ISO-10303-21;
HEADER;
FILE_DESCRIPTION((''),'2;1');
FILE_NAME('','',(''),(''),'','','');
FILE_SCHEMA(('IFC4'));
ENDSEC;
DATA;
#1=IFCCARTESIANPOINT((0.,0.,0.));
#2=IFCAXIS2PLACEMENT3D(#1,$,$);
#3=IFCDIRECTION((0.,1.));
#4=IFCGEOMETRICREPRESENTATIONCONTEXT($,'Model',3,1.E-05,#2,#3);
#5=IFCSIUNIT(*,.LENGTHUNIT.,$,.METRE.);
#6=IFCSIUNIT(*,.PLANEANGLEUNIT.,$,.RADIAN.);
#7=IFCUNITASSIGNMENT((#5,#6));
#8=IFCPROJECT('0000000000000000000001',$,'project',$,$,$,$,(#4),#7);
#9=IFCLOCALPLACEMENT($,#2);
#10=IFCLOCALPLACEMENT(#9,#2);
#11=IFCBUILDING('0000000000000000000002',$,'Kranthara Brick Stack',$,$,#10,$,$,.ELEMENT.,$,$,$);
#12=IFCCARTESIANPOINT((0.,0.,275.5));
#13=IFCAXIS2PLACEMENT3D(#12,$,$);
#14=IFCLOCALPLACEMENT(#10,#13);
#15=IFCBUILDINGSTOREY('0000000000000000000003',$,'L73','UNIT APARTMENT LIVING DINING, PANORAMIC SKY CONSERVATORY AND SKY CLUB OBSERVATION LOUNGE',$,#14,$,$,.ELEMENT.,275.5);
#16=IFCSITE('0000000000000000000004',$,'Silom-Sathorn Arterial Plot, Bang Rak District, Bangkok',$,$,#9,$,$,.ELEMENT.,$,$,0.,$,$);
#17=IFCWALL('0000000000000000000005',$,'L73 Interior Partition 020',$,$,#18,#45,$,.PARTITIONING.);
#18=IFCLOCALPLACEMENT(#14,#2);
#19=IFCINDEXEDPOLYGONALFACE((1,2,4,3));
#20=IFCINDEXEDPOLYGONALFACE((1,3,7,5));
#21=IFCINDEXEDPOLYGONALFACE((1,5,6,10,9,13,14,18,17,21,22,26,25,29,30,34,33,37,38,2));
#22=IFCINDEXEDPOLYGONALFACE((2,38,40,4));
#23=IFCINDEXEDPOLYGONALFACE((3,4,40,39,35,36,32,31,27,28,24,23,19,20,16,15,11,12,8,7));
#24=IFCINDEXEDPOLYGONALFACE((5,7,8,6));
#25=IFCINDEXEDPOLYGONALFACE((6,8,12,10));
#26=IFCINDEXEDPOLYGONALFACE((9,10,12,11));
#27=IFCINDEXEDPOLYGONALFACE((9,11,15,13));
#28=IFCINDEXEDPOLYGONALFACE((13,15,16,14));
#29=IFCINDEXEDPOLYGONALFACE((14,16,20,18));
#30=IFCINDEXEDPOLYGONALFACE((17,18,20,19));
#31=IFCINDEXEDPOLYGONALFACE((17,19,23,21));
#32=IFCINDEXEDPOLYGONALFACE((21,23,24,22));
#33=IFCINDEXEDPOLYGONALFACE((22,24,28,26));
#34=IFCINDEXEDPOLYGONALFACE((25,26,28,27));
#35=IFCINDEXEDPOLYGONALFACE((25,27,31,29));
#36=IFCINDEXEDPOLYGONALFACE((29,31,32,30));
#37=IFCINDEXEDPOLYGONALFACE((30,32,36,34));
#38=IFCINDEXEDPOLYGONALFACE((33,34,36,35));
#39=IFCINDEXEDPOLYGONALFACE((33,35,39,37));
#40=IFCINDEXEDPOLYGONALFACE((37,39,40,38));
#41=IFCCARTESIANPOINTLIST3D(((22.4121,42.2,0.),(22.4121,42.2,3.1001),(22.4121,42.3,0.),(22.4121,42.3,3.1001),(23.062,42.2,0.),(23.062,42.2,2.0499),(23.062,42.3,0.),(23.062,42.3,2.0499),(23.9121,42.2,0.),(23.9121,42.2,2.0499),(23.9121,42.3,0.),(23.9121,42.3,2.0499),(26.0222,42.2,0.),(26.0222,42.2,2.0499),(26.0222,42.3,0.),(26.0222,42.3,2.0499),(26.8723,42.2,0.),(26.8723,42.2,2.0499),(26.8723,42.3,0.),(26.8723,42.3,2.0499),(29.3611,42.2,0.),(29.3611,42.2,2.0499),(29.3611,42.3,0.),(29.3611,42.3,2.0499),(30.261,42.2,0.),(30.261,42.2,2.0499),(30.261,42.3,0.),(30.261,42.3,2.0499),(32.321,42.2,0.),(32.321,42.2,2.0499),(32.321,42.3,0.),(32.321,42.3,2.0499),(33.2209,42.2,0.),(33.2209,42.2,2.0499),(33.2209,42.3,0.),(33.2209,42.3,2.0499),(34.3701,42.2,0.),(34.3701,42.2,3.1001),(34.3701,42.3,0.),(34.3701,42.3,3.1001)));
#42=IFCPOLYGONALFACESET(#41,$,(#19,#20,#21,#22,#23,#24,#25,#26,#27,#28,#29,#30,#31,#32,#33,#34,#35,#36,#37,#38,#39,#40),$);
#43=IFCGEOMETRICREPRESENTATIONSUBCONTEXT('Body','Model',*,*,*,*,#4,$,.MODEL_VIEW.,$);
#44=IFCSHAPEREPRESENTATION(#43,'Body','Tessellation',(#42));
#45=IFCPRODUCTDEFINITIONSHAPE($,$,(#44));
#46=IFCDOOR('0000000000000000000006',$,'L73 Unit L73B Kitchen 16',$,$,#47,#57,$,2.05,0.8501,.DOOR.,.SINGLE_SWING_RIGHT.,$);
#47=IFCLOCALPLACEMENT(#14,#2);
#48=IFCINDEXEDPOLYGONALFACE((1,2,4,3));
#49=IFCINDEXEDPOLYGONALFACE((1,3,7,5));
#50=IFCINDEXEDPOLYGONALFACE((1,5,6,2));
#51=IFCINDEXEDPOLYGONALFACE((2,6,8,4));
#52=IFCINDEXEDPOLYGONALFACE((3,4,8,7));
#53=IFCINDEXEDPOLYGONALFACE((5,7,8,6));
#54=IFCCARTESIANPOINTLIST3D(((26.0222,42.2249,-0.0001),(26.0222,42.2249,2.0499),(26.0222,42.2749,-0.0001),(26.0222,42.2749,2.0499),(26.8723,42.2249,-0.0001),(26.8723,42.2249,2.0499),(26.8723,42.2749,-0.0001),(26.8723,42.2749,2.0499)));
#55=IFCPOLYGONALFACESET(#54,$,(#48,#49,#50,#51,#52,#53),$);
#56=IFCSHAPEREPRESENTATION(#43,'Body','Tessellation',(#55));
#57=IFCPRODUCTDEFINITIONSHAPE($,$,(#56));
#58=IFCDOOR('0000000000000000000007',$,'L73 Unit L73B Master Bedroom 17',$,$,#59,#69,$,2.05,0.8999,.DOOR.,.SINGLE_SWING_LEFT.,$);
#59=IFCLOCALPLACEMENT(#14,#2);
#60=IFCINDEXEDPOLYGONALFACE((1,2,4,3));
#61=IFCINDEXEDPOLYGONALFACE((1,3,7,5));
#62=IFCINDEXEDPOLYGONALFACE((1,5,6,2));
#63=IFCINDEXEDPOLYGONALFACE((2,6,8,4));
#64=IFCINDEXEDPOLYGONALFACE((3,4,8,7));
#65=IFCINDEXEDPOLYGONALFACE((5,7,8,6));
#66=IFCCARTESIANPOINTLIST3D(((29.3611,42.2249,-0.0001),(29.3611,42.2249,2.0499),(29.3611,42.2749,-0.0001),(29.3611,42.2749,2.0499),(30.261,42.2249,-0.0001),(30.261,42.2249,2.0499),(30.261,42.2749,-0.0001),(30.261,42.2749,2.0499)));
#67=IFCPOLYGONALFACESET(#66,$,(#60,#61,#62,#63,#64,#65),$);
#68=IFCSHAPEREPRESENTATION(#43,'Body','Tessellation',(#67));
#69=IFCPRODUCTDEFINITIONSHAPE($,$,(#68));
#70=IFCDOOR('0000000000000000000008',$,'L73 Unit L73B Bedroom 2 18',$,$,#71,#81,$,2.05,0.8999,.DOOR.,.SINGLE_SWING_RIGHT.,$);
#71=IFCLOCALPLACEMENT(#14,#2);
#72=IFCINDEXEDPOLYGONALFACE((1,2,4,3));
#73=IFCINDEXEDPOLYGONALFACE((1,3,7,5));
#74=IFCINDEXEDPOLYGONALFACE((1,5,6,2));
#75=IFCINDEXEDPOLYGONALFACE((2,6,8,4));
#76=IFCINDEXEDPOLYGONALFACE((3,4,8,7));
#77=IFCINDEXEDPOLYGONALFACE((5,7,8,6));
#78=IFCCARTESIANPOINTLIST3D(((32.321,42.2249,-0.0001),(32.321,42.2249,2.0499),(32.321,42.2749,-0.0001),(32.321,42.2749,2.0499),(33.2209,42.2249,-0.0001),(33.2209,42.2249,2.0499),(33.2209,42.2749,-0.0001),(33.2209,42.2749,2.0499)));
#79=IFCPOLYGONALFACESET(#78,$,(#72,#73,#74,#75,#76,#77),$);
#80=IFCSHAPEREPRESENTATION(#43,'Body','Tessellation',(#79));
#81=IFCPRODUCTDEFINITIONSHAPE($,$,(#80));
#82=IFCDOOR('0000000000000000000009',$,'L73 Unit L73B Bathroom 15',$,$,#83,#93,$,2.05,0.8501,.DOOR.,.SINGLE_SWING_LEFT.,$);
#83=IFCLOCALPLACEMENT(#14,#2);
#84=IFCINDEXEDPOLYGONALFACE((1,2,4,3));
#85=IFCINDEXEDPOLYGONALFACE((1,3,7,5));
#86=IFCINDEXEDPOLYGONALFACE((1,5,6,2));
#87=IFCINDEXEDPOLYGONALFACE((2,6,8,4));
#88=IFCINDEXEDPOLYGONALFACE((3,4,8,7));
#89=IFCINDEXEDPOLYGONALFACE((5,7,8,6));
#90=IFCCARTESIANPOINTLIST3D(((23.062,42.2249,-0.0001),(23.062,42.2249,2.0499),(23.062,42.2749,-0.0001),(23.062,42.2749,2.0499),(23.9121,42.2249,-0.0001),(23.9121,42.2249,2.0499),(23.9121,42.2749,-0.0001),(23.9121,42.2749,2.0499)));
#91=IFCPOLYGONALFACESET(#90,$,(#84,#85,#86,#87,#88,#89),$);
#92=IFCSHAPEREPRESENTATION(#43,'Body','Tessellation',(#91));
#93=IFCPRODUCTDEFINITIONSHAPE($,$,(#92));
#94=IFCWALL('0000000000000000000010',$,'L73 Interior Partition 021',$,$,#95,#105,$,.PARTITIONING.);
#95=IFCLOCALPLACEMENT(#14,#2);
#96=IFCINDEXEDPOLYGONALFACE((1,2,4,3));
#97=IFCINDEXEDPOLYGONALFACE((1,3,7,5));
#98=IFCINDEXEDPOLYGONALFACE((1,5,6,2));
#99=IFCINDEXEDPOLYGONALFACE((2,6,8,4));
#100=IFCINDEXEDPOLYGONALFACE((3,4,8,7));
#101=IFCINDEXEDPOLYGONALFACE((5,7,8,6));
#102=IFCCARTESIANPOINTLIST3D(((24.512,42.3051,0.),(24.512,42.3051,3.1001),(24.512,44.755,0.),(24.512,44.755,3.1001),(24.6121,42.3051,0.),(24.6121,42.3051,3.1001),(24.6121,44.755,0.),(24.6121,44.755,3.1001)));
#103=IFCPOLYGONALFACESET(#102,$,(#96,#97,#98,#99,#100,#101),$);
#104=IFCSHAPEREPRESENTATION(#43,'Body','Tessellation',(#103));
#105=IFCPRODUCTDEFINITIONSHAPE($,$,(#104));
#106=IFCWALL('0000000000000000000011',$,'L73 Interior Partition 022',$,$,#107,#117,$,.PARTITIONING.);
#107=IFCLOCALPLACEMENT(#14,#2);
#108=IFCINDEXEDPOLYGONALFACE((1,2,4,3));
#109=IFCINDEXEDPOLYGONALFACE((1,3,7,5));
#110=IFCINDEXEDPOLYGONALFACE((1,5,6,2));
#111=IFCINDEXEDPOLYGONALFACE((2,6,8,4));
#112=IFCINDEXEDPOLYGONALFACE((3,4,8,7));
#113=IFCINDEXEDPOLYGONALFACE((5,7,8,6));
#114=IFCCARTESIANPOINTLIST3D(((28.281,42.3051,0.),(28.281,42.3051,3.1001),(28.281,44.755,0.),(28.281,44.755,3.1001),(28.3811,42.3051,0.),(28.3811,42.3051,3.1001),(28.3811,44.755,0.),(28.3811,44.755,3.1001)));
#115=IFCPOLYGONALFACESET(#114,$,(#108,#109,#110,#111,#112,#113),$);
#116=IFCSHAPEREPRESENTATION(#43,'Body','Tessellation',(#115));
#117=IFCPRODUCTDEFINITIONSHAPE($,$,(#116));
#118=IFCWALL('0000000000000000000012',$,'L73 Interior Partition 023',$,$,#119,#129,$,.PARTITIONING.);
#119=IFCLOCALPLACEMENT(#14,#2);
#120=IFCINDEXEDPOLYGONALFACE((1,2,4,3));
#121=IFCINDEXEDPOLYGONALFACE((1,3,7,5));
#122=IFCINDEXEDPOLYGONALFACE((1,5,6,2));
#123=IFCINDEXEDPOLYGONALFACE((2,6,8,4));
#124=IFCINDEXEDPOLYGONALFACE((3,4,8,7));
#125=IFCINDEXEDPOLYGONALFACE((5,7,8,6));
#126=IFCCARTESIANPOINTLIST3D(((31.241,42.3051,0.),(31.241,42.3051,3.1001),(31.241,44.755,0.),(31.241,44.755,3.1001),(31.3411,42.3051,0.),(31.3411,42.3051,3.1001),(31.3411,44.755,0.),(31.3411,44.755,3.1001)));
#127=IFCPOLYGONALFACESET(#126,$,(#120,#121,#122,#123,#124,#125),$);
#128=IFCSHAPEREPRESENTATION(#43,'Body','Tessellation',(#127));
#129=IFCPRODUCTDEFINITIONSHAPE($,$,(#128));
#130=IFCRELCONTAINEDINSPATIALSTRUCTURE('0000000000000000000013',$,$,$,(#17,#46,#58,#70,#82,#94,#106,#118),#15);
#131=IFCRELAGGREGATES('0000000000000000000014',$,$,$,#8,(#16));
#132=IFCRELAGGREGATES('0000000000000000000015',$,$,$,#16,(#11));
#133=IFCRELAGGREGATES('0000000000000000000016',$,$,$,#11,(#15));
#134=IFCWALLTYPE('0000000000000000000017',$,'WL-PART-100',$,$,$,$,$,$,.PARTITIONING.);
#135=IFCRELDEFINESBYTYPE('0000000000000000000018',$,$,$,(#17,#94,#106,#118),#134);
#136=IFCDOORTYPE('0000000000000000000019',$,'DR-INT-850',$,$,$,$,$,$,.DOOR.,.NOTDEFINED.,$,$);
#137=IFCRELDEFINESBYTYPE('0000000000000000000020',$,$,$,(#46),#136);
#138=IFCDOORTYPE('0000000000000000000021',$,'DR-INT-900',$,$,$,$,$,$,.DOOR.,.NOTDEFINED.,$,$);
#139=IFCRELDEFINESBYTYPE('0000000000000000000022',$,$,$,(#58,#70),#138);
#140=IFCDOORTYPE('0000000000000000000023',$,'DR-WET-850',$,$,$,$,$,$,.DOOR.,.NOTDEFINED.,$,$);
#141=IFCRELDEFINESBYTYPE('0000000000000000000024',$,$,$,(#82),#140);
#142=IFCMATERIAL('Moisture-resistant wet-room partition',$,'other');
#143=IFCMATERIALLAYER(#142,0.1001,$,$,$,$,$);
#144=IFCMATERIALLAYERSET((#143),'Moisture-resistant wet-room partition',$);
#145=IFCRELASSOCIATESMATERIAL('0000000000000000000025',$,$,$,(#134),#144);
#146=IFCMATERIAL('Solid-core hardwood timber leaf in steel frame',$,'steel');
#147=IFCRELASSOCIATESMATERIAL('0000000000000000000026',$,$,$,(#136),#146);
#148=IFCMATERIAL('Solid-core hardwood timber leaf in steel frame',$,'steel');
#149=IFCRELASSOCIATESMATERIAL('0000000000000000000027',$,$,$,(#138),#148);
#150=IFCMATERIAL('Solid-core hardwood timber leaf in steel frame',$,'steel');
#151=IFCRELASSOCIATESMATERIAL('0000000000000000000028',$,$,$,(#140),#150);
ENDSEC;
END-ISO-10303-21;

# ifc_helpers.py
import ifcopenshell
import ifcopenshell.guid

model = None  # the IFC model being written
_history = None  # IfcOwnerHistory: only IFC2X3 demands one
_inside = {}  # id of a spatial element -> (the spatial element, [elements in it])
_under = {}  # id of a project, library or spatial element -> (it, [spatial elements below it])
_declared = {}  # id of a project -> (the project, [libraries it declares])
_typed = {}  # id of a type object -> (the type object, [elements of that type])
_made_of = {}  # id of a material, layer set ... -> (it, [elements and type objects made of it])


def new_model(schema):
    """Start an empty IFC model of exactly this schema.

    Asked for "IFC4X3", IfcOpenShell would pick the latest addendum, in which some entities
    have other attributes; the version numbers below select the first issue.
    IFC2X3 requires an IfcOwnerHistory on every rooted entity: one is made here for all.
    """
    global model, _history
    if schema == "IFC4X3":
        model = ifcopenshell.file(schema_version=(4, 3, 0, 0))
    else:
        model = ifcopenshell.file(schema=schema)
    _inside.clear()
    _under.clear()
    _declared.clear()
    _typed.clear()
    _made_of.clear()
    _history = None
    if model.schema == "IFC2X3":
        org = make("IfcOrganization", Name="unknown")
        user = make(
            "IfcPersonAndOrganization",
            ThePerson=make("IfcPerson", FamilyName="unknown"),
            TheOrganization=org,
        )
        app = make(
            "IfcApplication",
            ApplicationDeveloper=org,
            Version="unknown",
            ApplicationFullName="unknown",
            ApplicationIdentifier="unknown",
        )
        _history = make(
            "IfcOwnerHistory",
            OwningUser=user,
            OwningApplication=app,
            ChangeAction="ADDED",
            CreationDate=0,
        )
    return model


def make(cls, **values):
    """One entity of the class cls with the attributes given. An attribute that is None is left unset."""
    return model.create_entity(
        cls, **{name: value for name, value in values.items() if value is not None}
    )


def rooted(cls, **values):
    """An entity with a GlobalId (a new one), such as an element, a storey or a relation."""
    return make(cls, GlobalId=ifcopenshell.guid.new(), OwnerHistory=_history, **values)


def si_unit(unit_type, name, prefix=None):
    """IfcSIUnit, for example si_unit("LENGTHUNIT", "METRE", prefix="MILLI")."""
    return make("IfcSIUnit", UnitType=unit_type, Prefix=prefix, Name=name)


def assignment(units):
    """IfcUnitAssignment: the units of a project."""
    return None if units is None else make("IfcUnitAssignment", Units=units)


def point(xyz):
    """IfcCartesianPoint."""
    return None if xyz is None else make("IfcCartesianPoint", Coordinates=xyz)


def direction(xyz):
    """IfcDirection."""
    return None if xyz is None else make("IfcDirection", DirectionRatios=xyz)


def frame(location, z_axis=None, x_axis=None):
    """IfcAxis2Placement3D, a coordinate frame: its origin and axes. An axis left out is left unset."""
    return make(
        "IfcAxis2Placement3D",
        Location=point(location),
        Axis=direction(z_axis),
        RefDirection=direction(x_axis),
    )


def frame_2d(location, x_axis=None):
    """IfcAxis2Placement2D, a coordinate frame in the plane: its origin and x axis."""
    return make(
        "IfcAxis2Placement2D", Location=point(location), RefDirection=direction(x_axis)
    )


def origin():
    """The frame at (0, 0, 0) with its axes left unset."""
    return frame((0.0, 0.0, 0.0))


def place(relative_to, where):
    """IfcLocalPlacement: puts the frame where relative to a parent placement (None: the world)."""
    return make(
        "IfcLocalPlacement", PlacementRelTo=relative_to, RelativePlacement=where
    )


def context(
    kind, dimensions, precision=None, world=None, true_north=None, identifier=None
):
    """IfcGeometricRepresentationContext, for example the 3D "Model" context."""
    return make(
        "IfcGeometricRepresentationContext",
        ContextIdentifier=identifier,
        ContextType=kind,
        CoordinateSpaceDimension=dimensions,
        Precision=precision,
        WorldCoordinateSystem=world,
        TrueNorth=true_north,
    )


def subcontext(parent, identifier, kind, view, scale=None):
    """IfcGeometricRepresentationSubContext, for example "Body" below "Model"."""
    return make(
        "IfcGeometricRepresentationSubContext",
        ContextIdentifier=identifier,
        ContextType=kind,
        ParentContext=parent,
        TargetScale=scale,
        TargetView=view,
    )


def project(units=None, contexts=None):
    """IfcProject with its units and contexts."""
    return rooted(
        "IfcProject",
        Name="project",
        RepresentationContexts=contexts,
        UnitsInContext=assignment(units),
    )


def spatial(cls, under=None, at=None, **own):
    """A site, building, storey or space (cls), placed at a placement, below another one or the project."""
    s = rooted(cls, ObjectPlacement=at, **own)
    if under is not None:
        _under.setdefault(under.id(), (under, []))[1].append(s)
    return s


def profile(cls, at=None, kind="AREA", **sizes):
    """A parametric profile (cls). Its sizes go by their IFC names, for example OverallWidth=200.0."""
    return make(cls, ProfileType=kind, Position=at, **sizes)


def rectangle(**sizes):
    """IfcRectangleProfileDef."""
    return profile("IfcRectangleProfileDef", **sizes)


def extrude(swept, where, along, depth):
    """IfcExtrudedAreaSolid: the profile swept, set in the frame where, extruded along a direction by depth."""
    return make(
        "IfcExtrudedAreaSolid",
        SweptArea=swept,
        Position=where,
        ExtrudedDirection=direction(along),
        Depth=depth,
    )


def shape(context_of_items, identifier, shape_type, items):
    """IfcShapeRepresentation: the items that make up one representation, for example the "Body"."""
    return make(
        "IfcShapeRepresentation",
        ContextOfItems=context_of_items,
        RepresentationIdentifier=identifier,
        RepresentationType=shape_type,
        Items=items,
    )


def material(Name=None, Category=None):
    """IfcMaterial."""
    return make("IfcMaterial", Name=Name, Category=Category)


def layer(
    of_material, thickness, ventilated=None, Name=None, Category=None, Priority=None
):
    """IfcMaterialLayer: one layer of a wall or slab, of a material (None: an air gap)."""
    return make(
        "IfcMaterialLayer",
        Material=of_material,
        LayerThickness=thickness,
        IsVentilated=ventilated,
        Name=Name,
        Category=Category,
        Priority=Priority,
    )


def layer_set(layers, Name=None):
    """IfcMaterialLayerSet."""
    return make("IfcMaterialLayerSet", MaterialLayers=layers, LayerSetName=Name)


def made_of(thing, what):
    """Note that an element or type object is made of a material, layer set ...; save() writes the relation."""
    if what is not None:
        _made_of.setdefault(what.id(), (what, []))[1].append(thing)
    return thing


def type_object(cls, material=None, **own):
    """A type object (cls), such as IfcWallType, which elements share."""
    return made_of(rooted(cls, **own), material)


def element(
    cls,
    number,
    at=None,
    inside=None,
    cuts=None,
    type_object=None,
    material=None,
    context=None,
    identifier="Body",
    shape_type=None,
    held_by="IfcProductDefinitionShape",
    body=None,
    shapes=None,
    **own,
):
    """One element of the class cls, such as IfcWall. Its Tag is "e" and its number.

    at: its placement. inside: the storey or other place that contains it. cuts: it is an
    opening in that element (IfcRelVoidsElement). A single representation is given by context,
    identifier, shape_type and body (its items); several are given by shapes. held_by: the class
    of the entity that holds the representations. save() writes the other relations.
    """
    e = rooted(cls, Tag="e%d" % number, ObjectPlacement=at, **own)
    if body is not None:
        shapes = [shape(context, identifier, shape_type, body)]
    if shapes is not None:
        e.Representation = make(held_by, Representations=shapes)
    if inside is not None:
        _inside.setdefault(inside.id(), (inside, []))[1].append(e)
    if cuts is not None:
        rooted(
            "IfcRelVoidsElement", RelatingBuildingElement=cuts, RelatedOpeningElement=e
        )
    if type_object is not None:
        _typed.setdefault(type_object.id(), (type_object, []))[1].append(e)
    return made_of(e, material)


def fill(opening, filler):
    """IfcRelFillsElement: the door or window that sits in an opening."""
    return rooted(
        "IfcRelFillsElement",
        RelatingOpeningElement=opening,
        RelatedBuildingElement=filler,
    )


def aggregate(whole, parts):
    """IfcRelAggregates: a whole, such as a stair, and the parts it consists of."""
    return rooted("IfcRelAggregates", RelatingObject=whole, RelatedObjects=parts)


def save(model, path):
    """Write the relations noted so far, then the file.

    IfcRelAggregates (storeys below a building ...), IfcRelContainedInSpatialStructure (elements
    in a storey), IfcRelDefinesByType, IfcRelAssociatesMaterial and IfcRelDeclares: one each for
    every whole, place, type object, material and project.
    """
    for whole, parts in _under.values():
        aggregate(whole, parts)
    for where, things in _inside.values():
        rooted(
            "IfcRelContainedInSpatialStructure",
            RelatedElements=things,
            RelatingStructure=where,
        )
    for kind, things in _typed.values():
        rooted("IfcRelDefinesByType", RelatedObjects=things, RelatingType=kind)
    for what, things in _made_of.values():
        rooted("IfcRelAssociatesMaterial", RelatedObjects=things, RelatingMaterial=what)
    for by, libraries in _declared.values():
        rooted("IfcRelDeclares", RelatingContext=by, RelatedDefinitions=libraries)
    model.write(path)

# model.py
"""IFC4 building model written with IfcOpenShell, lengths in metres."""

from ifc_helpers import new_model, si_unit, direction, frame, frame_2d, origin, place, context, subcontext, project, spatial, rectangle, extrude, material, layer, layer_set, type_object, element, fill, save


model = new_model("IFC4")

# Units and contexts
model_context = context("Model", 3, precision=1e-05, world=origin(), true_north=direction((0.0, 1.0)))
body_context = subcontext(model_context, "Body", "Model", "MODEL_VIEW")
ifc_project = project(units=[si_unit("LENGTHUNIT", "METRE"), si_unit("PLANEANGLEUNIT", "RADIAN")], contexts=[model_context])

# Site, building, storey
site_placement = place(None, origin())
site = spatial("IfcSite", under=ifc_project, at=site_placement, Name="Silom-Sathorn Arterial Plot, Bang Rak District, Bangkok", CompositionType="ELEMENT", RefElevation=0.0)
building_placement = place(site_placement, origin())
building = spatial("IfcBuilding", under=site, at=building_placement, Name="Kranthara Brick Stack", CompositionType="ELEMENT")
storey_placement = place(building_placement, frame((0.0, 0.0, 275.5)))
storey = spatial("IfcBuildingStorey", under=building, at=storey_placement, Name="L73", Description="UNIT APARTMENT LIVING DINING, PANORAMIC SKY CONSERVATORY AND SKY CLUB OBSERVATION LOUNGE", CompositionType="ELEMENT", Elevation=275.5)

# Wall, openings, doors
ifc_material_1 = material(Name="Moisture-resistant wet-room partition", Category="other")
ifc_layer_1 = layer(ifc_material_1, 0.1001)
ifc_layer_set_1 = layer_set([ifc_layer_1], Name="Moisture-resistant wet-room partition")
wall_type_1 = type_object("IfcWallType", Name="WL-PART-100", PredefinedType="PARTITIONING", material=ifc_layer_set_1)
wall_1_placement = place(storey_placement, frame((22.4121, 42.25, 0.0), z_axis=(0.0, 0.0, 1.0), x_axis=(1.0, 0.0, 0.0)))
wall_1 = element("IfcWall", 1, at=wall_1_placement, inside=storey, type_object=wall_type_1, Name="L73 Interior Partition 020", PredefinedType="PARTITIONING", context=body_context, shape_type="SweptSolid", body=[
    extrude(rectangle(XDim=11.958, YDim=0.1001, at=frame_2d((5.979, 0.0))), origin(), (0.0, 0.0, 1.0), 3.1001),
])
opening_1_placement = place(wall_1_placement, frame((0.6499, 0.0, 0.0)))
opening_1 = element("IfcOpeningElement", 2, at=opening_1_placement, cuts=wall_1, PredefinedType="OPENING", context=body_context, shape_type="SweptSolid", body=[
    extrude(rectangle(XDim=0.8501, YDim=2.05, at=frame_2d((0.425, 1.0249))), frame((0.0, 0.0601, 0.0), z_axis=(0.0, -1.0, 0.0), x_axis=(1.0, 0.0, 0.0)), (0.0, 0.0, 1.0), 0.1201),
])
opening_2_placement = place(wall_1_placement, frame((3.6101, 0.0, 0.0)))
opening_2 = element("IfcOpeningElement", 3, at=opening_2_placement, cuts=wall_1, PredefinedType="OPENING", context=body_context, shape_type="SweptSolid", body=[
    extrude(rectangle(XDim=0.8501, YDim=2.05, at=frame_2d((0.425, 1.0249))), frame((0.0, 0.0601, 0.0), z_axis=(0.0, -1.0, 0.0), x_axis=(1.0, 0.0, 0.0)), (0.0, 0.0, 1.0), 0.1201),
])
opening_3_placement = place(wall_1_placement, frame((6.949, 0.0, 0.0)))
opening_3 = element("IfcOpeningElement", 4, at=opening_3_placement, cuts=wall_1, PredefinedType="OPENING", context=body_context, shape_type="SweptSolid", body=[
    extrude(rectangle(XDim=0.8999, YDim=2.05, at=frame_2d((0.45, 1.0249))), frame((0.0, 0.0601, 0.0), z_axis=(0.0, -1.0, 0.0), x_axis=(1.0, 0.0, 0.0)), (0.0, 0.0, 1.0), 0.1201),
])
opening_4_placement = place(wall_1_placement, frame((9.9089, 0.0, 0.0)))
opening_4 = element("IfcOpeningElement", 5, at=opening_4_placement, cuts=wall_1, PredefinedType="OPENING", context=body_context, shape_type="SweptSolid", body=[
    extrude(rectangle(XDim=0.8999, YDim=2.05, at=frame_2d((0.45, 1.0249))), frame((0.0, 0.0601, 0.0), z_axis=(0.0, -1.0, 0.0), x_axis=(1.0, 0.0, 0.0)), (0.0, 0.0, 1.0), 0.1201),
])
ifc_material_2 = material(Name="Solid-core hardwood timber leaf in steel frame", Category="steel")
door_type_1 = type_object("IfcDoorType", Name="DR-INT-850", OperationType="NOTDEFINED", PredefinedType="DOOR", material=ifc_material_2)
door_1_placement = place(opening_2_placement, origin())
door_1 = element("IfcDoor", 6, at=door_1_placement, inside=storey, type_object=door_type_1, Name="L73 Unit L73B Kitchen 16", OperationType="SINGLE_SWING_RIGHT", OverallHeight=2.05, OverallWidth=0.8501, PredefinedType="DOOR", context=body_context, shape_type="SweptSolid", body=[
    extrude(rectangle(XDim=0.8501, YDim=2.05, at=frame_2d((0.425, 1.0249))), frame((0.0, 0.0249, 0.0), z_axis=(0.0, -1.0, 0.0), x_axis=(1.0, 0.0, 0.0)), (0.0, 0.0, 1.0), 0.05),
])
fill(opening_2, door_1)
ifc_material_3 = material(Name="Solid-core hardwood timber leaf in steel frame", Category="steel")
door_type_2 = type_object("IfcDoorType", Name="DR-INT-900", OperationType="NOTDEFINED", PredefinedType="DOOR", material=ifc_material_3)
door_2_placement = place(opening_3_placement, origin())
door_2 = element("IfcDoor", 7, at=door_2_placement, inside=storey, type_object=door_type_2, Name="L73 Unit L73B Master Bedroom 17", OperationType="SINGLE_SWING_LEFT", OverallHeight=2.05, OverallWidth=0.8999, PredefinedType="DOOR", context=body_context, shape_type="SweptSolid", body=[
    extrude(rectangle(XDim=0.8999, YDim=2.05, at=frame_2d((0.45, 1.0249))), frame((0.0, 0.0249, 0.0), z_axis=(0.0, -1.0, 0.0), x_axis=(1.0, 0.0, 0.0)), (0.0, 0.0, 1.0), 0.05),
])
fill(opening_3, door_2)
door_3_placement = place(opening_4_placement, origin())
door_3 = element("IfcDoor", 8, at=door_3_placement, inside=storey, type_object=door_type_2, Name="L73 Unit L73B Bedroom 2 18", OperationType="SINGLE_SWING_RIGHT", OverallHeight=2.05, OverallWidth=0.8999, PredefinedType="DOOR", context=body_context, shape_type="SweptSolid", body=[
    extrude(rectangle(XDim=0.8999, YDim=2.05, at=frame_2d((0.45, 1.0249))), frame((0.0, 0.0249, 0.0), z_axis=(0.0, -1.0, 0.0), x_axis=(1.0, 0.0, 0.0)), (0.0, 0.0, 1.0), 0.05),
])
fill(opening_4, door_3)
ifc_material_4 = material(Name="Solid-core hardwood timber leaf in steel frame", Category="steel")
door_type_3 = type_object("IfcDoorType", Name="DR-WET-850", OperationType="NOTDEFINED", PredefinedType="DOOR", material=ifc_material_4)
door_4_placement = place(opening_1_placement, origin())
door_4 = element("IfcDoor", 9, at=door_4_placement, inside=storey, type_object=door_type_3, Name="L73 Unit L73B Bathroom 15", OperationType="SINGLE_SWING_LEFT", OverallHeight=2.05, OverallWidth=0.8501, PredefinedType="DOOR", context=body_context, shape_type="SweptSolid", body=[
    extrude(rectangle(XDim=0.8501, YDim=2.05, at=frame_2d((0.425, 1.0249))), frame((0.0, 0.0249, 0.0), z_axis=(0.0, -1.0, 0.0), x_axis=(1.0, 0.0, 0.0)), (0.0, 0.0, 1.0), 0.05),
])
fill(opening_1, door_4)

# Walls
for number, where, z_axis, x_axis, name in (
    (10, (24.562, 42.3049, 0.0), (0.0, 0.0, 1.0), (0.0, 1.0, 0.0), "L73 Interior Partition 021"),
    (11, (28.3311, 42.3049, 0.0), (0.0, 0.0, 1.0), (0.0, 1.0, 0.0), "L73 Interior Partition 022"),
    (12, (31.291, 42.3049, 0.0), (0.0, 0.0, 1.0), (0.0, 1.0, 0.0), "L73 Interior Partition 023"),
):
    element("IfcWall", number, at=place(storey_placement, frame(where, z_axis=z_axis, x_axis=x_axis)), inside=storey, type_object=wall_type_1, Name=name, PredefinedType="PARTITIONING", context=body_context, shape_type="SweptSolid", body=[
        extrude(rectangle(XDim=2.45, YDim=0.1001, at=frame_2d((1.2251, 0.0))), origin(), (0.0, 0.0, 1.0), 3.1001),
    ])

save(model, "model.ifc")
